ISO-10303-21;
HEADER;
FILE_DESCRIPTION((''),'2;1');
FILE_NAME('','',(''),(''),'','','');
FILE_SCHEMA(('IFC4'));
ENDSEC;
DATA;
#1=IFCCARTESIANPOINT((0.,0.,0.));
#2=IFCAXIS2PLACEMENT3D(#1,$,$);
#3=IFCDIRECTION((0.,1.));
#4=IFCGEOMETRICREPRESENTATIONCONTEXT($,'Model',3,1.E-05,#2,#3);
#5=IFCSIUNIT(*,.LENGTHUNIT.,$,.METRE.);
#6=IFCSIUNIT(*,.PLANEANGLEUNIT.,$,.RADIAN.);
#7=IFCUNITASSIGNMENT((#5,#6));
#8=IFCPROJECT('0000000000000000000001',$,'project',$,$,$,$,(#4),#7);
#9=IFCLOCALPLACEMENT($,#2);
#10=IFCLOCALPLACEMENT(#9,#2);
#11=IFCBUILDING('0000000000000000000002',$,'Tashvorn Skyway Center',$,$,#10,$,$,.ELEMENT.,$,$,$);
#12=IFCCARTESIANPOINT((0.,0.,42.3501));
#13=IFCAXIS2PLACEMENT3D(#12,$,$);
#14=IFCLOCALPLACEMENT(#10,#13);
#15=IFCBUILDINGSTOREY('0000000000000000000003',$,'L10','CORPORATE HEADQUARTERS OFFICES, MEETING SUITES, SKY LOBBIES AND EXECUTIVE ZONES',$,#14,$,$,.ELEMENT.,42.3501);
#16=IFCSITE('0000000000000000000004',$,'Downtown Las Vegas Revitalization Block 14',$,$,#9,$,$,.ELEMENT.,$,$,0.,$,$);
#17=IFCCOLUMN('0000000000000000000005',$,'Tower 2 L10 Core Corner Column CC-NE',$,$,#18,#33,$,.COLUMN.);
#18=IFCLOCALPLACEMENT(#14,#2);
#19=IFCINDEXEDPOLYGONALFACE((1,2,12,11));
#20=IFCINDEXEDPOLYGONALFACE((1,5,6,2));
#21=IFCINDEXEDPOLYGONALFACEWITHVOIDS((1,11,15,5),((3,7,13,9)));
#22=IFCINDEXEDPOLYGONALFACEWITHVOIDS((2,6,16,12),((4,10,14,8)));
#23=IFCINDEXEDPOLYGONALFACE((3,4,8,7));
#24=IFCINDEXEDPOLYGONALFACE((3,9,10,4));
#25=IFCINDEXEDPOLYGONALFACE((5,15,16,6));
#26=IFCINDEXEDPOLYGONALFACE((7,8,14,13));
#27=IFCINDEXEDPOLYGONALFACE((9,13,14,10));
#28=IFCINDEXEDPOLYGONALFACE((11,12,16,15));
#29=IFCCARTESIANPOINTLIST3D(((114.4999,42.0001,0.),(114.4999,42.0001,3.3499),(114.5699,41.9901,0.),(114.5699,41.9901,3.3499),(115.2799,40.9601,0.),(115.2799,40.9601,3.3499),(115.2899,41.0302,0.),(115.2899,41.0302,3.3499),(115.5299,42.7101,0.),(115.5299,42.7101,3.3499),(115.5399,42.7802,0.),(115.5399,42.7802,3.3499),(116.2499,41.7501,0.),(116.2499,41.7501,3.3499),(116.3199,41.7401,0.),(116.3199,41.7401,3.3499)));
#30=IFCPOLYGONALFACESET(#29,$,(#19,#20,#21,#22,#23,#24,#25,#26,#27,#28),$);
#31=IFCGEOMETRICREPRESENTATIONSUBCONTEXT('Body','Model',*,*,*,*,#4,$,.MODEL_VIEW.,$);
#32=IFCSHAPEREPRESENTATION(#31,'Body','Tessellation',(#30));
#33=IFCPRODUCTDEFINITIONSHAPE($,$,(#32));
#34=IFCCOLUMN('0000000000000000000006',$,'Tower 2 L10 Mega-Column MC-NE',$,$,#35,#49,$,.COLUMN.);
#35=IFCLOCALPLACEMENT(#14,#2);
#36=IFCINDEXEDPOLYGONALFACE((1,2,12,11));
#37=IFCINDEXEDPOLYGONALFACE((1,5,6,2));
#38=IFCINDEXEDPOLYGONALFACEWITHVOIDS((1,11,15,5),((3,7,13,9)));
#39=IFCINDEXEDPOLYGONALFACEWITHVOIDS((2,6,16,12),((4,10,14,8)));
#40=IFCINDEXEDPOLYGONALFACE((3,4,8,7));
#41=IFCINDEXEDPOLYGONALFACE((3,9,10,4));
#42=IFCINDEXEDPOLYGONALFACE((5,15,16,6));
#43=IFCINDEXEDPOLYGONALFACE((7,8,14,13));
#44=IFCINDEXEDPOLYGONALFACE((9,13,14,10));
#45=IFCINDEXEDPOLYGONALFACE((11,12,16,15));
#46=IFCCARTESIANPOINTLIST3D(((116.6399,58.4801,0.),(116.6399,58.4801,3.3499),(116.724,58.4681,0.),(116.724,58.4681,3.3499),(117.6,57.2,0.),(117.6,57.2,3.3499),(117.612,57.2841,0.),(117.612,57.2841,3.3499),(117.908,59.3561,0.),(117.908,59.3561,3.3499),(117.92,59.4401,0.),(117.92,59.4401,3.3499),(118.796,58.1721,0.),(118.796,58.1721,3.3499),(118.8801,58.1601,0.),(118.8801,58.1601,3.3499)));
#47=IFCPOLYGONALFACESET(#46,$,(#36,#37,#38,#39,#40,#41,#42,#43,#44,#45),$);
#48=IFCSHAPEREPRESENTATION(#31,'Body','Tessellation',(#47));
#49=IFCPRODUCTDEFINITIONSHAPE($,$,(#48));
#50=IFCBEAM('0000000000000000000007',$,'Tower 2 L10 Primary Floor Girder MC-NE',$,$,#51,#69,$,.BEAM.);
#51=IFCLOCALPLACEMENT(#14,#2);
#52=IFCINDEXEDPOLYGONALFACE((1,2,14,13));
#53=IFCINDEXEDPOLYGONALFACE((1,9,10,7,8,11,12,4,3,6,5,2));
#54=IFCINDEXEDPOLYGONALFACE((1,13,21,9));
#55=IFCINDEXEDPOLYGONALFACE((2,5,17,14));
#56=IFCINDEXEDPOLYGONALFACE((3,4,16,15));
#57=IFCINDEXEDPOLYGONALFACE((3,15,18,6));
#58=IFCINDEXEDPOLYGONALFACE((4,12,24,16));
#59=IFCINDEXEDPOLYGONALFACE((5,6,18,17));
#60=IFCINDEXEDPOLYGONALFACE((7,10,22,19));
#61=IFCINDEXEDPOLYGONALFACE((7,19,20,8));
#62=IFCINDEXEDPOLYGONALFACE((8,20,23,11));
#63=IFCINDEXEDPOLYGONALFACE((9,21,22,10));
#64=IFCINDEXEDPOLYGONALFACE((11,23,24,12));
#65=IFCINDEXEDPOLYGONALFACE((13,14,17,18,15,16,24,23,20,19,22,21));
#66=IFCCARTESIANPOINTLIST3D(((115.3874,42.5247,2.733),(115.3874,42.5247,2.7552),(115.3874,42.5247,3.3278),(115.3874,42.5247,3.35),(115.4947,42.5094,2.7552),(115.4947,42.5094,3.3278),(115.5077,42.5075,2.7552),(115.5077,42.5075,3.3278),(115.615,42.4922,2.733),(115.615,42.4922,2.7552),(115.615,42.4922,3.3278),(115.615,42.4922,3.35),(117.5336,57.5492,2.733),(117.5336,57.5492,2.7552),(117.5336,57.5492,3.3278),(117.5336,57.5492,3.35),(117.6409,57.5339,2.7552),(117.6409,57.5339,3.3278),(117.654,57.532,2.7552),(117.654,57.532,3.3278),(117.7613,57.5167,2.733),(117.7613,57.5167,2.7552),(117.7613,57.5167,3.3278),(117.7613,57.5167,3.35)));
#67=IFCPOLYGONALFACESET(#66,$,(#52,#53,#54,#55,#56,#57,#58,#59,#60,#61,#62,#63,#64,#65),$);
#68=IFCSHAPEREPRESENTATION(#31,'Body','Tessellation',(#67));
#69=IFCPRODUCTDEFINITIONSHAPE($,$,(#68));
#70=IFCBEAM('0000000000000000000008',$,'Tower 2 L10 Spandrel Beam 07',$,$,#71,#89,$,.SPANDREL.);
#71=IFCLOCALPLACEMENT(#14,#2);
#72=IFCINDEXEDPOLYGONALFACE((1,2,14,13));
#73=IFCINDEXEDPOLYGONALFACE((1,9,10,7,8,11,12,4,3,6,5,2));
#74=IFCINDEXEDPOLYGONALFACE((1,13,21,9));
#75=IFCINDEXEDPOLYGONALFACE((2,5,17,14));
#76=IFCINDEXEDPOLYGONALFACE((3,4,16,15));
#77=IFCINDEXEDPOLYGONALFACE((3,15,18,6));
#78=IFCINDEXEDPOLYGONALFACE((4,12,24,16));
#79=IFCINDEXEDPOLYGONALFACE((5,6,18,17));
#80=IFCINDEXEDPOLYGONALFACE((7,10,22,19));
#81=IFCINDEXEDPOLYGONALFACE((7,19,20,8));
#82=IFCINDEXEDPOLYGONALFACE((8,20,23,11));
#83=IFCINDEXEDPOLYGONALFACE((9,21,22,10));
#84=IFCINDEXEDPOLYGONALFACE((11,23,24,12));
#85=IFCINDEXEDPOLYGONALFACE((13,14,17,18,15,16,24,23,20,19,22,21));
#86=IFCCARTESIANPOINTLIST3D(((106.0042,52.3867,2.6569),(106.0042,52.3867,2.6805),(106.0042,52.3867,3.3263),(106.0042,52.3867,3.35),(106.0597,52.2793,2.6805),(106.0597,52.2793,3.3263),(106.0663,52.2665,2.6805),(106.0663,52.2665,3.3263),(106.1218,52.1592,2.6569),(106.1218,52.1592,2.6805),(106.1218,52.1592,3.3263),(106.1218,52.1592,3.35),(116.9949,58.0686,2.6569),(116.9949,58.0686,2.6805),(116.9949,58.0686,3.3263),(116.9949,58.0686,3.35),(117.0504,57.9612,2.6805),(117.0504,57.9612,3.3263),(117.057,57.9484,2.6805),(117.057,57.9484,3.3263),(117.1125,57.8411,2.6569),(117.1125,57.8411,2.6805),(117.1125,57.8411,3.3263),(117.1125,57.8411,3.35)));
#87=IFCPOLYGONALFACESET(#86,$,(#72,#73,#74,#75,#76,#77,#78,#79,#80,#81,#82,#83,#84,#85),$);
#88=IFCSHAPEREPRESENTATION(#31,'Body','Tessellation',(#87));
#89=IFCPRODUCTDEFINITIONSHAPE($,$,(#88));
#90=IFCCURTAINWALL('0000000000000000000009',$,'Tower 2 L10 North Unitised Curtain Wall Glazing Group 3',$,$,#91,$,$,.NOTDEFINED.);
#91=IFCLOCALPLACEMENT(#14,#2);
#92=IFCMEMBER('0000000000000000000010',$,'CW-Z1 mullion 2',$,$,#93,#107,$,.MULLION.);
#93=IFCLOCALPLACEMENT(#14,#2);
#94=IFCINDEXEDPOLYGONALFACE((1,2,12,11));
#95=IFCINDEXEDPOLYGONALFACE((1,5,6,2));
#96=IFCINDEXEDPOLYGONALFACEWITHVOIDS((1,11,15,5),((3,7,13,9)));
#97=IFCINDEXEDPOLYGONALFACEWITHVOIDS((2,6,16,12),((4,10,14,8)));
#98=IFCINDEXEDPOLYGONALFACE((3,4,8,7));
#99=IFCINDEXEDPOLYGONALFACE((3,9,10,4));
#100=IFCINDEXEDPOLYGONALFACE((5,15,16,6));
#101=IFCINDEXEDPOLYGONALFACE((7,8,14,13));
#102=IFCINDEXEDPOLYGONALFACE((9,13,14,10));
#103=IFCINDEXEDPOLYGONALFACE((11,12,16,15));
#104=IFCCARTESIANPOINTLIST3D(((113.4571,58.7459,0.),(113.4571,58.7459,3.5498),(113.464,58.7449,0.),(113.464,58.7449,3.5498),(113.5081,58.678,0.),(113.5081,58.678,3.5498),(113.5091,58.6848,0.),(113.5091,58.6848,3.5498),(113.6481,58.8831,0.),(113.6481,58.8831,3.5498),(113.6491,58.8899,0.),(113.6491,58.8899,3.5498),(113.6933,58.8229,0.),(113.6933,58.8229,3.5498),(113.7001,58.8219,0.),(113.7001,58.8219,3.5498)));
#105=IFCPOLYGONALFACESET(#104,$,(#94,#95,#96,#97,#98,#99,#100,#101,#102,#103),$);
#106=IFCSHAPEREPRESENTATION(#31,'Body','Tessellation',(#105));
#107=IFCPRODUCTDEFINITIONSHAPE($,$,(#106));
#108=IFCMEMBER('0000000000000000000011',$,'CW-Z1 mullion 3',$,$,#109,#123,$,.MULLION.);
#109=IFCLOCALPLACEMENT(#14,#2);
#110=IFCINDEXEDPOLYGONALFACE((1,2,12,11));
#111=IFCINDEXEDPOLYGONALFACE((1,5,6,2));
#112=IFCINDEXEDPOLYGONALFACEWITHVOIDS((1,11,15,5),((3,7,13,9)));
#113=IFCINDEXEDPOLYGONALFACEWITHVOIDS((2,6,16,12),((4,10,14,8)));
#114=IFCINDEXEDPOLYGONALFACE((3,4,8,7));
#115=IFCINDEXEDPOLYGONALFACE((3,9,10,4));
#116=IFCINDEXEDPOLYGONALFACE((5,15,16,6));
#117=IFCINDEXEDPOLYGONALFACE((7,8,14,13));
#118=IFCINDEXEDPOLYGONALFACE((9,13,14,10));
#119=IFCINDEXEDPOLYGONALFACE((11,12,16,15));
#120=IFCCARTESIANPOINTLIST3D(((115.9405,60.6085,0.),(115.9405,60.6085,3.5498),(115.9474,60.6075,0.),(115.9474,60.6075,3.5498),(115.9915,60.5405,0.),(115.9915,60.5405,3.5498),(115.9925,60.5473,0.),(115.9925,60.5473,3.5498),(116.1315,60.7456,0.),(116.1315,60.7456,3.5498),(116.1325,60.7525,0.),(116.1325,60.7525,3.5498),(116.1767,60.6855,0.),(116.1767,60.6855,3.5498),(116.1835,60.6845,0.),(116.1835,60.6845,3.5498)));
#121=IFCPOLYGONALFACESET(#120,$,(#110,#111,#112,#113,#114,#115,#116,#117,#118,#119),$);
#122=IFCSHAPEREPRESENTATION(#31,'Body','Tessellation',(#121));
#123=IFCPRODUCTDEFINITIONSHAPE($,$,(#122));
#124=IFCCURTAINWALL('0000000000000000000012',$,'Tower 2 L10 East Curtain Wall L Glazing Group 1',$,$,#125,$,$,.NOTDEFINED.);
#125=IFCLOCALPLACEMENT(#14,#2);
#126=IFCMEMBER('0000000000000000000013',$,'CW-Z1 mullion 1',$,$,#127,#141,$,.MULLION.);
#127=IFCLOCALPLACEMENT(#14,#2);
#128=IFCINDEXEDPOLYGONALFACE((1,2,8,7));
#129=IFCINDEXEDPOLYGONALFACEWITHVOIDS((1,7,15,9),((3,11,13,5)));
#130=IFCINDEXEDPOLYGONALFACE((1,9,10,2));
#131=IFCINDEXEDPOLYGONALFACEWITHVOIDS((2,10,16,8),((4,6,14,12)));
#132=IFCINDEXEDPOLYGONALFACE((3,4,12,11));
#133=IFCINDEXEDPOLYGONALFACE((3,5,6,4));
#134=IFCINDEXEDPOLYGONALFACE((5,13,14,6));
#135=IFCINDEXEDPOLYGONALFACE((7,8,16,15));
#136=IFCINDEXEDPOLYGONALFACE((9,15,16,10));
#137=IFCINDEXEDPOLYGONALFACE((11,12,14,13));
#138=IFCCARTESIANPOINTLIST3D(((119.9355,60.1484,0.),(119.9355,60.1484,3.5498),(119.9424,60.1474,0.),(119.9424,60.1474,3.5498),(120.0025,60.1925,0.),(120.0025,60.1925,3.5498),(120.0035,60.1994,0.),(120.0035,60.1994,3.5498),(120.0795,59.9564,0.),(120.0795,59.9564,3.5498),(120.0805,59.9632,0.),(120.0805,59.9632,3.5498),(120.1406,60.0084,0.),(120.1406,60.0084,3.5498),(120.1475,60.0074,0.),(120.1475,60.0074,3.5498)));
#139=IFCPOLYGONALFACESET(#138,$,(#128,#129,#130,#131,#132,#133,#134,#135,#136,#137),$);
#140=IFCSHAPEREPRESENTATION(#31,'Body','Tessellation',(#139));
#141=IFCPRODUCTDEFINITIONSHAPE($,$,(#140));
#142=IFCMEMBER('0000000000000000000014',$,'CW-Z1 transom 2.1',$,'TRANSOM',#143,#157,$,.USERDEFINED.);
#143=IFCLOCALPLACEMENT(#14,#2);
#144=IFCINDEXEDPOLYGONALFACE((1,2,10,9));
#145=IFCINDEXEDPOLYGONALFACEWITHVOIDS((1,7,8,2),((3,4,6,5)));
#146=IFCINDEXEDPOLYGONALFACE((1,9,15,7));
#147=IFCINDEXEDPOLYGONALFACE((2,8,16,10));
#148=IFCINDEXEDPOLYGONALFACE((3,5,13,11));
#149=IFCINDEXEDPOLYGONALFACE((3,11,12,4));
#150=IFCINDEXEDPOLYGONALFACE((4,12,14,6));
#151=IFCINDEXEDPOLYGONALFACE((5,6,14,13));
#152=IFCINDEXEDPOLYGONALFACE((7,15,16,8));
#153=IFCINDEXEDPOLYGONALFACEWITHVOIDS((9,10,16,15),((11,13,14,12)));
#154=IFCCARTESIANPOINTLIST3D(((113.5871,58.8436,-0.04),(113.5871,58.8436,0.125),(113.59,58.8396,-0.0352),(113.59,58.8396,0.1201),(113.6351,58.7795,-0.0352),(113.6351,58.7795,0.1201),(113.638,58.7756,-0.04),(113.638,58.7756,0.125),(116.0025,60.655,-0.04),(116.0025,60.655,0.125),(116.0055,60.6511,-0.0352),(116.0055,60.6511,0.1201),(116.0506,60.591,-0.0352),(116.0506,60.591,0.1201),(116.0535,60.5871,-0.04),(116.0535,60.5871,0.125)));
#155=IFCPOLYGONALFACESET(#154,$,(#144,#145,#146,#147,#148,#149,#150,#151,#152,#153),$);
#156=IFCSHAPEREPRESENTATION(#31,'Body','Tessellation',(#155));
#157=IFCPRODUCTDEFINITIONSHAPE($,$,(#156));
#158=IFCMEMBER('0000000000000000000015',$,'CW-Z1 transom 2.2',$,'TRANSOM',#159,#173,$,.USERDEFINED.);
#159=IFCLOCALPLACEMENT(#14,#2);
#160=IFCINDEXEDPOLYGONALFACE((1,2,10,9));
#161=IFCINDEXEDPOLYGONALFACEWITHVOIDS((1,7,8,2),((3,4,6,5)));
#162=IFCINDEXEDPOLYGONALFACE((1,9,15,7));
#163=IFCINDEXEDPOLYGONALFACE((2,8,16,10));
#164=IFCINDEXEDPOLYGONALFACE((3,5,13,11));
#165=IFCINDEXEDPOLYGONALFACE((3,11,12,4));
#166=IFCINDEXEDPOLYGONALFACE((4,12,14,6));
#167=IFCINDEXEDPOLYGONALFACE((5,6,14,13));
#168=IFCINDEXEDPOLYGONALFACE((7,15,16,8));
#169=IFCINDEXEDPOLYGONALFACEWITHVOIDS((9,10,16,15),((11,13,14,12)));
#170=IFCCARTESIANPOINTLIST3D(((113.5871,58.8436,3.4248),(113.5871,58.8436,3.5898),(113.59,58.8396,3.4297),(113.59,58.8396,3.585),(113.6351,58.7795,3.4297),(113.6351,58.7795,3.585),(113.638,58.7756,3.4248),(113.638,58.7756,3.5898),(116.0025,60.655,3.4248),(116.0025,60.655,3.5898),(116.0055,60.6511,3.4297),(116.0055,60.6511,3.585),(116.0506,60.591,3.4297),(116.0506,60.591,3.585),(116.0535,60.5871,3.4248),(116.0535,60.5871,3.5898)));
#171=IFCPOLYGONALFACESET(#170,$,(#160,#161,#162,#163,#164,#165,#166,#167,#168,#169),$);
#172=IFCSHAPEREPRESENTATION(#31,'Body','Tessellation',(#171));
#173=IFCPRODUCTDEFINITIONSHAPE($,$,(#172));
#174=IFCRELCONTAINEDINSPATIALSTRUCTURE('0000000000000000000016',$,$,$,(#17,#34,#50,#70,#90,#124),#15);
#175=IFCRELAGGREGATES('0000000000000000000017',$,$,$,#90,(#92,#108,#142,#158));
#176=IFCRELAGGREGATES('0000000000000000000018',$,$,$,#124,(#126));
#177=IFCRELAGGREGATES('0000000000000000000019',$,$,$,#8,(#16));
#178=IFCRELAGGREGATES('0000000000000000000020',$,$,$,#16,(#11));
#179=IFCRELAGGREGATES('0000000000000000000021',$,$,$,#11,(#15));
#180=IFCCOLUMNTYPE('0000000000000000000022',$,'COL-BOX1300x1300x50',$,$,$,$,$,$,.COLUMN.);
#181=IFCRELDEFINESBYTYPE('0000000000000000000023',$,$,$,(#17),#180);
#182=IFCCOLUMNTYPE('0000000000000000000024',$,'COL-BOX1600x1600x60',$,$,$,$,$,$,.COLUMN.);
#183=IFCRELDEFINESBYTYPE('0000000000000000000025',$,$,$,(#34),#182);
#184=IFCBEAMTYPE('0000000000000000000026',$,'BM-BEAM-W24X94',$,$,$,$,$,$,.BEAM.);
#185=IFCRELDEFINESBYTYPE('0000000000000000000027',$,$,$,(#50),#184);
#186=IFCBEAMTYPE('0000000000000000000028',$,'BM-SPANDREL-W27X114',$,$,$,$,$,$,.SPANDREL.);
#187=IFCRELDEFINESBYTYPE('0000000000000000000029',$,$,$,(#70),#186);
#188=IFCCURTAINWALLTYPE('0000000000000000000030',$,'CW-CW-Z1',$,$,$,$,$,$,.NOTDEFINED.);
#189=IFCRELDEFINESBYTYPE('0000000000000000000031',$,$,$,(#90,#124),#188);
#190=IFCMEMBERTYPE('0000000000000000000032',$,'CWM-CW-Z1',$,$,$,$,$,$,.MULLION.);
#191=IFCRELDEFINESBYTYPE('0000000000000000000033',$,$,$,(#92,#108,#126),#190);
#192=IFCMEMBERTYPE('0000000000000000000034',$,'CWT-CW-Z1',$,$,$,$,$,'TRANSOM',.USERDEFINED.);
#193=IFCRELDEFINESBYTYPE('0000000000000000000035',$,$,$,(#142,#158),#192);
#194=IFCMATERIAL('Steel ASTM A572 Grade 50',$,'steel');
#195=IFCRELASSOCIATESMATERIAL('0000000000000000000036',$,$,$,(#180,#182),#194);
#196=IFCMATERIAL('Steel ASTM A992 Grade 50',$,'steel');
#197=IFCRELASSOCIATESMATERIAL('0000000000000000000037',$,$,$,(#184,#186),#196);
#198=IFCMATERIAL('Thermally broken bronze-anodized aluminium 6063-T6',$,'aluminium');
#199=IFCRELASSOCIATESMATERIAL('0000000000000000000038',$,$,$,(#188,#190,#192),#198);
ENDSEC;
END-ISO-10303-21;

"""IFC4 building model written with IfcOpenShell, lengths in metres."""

from ifc_helpers import new_model, si_unit, direction, frame, origin, origin_2d, place, context, subcontext, project, spatial, hollow_rectangle, i_section, extrude, material, material_profile, profile_set, type_object, element, aggregate, save


model = new_model("IFC4")

# Units and contexts
model_context = context("Model", 3, precision=1e-05, world=origin(), true_north=direction((0.0, 1.0)))
body_context = subcontext(model_context, "Body", "Model", "MODEL_VIEW")
ifc_project = project(units=[si_unit("LENGTHUNIT", "METRE"), si_unit("PLANEANGLEUNIT", "RADIAN")], contexts=[model_context])

# Site, building, storey
site_placement = place(None, origin())
site = spatial("IfcSite", under=ifc_project, at=site_placement, Name="Downtown Las Vegas Revitalization Block 14", CompositionType="ELEMENT", RefElevation=0.0)
building_placement = place(site_placement, origin())
building = spatial("IfcBuilding", under=site, at=building_placement, Name="Tashvorn Skyway Center", CompositionType="ELEMENT")
storey_placement = place(building_placement, frame((0.0, 0.0, 42.3501)))
storey = spatial("IfcBuildingStorey", under=building, at=storey_placement, Name="L10", Description="CORPORATE HEADQUARTERS OFFICES, MEETING SUITES, SKY LOBBIES AND EXECUTIVE ZONES", CompositionType="ELEMENT", Elevation=42.3501)

# Columns
ifc_material_1 = material(Name="Steel ASTM A572 Grade 50", Category="steel")
ifc_material_profile_1 = material_profile(ifc_material_1, hollow_rectangle(XDim=1.3, YDim=1.3, WallThickness=0.05, at=origin_2d()), Name="BOX1300x1300x50")
ifc_profile_set_1 = profile_set([ifc_material_profile_1], Name="Steel ASTM A572 Grade 50")
column_type_1 = type_object("IfcColumnType", Name="COL-BOX1300x1300x50", PredefinedType="COLUMN", material=ifc_profile_set_1)
column_1_placement = place(storey_placement, frame((115.4099, 41.8701, 0.0), z_axis=(0.0, 0.0, 1.0), x_axis=(0.8, 0.6, 0.0)))
element("IfcColumn", 1, at=column_1_placement, inside=storey, type_object=column_type_1, Name="Tower 2 L10 Core Corner Column CC-NE", PredefinedType="COLUMN", context=body_context, shape_type="SweptSolid", body=[
    extrude(hollow_rectangle(XDim=1.3, YDim=1.3, WallThickness=0.05, at=origin_2d()), origin(), (0.0, 0.0, 1.0), 3.3499),
])
ifc_material_profile_2 = material_profile(ifc_material_1, hollow_rectangle(XDim=1.6001, YDim=1.6001, WallThickness=0.0601, at=origin_2d()), Name="BOX1600x1600x60")
ifc_profile_set_2 = profile_set([ifc_material_profile_2], Name="Steel ASTM A572 Grade 50")
column_type_2 = type_object("IfcColumnType", Name="COL-BOX1600x1600x60", PredefinedType="COLUMN", material=ifc_profile_set_2)
column_2_placement = place(storey_placement, frame((117.76, 58.3201, 0.0), z_axis=(0.0, 0.0, 1.0), x_axis=(0.8, 0.6, 0.0)))
element("IfcColumn", 2, at=column_2_placement, inside=storey, type_object=column_type_2, Name="Tower 2 L10 Mega-Column MC-NE", PredefinedType="COLUMN", context=body_context, shape_type="SweptSolid", body=[
    extrude(hollow_rectangle(XDim=1.6001, YDim=1.6001, WallThickness=0.0601, at=origin_2d()), origin(), (0.0, 0.0, 1.0), 3.3499),
])

# Beams
ifc_material_2 = material(Name="Steel ASTM A992 Grade 50", Category="steel")
ifc_material_profile_3 = material_profile(ifc_material_2, i_section(OverallWidth=0.23, OverallDepth=0.6169, WebThickness=0.0132, FlangeThickness=0.0222, at=origin_2d()), Name="W24X94")
ifc_profile_set_3 = profile_set([ifc_material_profile_3], Name="Steel ASTM A992 Grade 50")
beam_type_1 = type_object("IfcBeamType", Name="BM-BEAM-W24X94", PredefinedType="BEAM", material=ifc_profile_set_3)
beam_1_placement = place(storey_placement, frame((117.6475, 57.533, 3.0415), z_axis=(-0.141415, -0.98995, 0.0), x_axis=(0.98995, -0.141415, 0.0)))
element("IfcBeam", 3, at=beam_1_placement, inside=storey, type_object=beam_type_1, Name="Tower 2 L10 Primary Floor Girder MC-NE", PredefinedType="BEAM", context=body_context, shape_type="SweptSolid", body=[
    extrude(i_section(OverallWidth=0.23, OverallDepth=0.6169, WebThickness=0.0132, FlangeThickness=0.0222, at=origin_2d()), origin(), (0.0, 0.0, 1.0), 15.177),
])
ifc_material_profile_4 = material_profile(ifc_material_2, i_section(OverallWidth=0.2561, OverallDepth=0.6931, WebThickness=0.0144, FlangeThickness=0.0237, at=origin_2d()), Name="W27X114")
ifc_profile_set_4 = profile_set([ifc_material_profile_4], Name="Steel ASTM A992 Grade 50")
beam_type_2 = type_object("IfcBeamType", Name="BM-SPANDREL-W27X114", PredefinedType="SPANDREL", material=ifc_profile_set_4)
beam_2_placement = place(storey_placement, frame((117.0537, 57.9548, 3.0034), z_axis=(-0.888316, -0.459233, 0.0), x_axis=(0.459233, -0.888316, 0.0)))
element("IfcBeam", 4, at=beam_2_placement, inside=storey, type_object=beam_type_2, Name="Tower 2 L10 Spandrel Beam 07", PredefinedType="SPANDREL", context=body_context, shape_type="SweptSolid", body=[
    extrude(i_section(OverallWidth=0.2561, OverallDepth=0.6931, WebThickness=0.0144, FlangeThickness=0.0237, at=origin_2d()), origin(), (0.0, 0.0, 1.0), 12.3726),
])

# Curtain wall, members
ifc_material_3 = material(Name="Thermally broken bronze-anodized aluminium 6063-T6", Category="aluminium")
curtain_wall_type = type_object("IfcCurtainWallType", Name="CW-CW-Z1", PredefinedType="NOTDEFINED", material=ifc_material_3)
curtain_wall_1_placement = place(storey_placement, origin())
curtain_wall_1 = element("IfcCurtainWall", 5, at=curtain_wall_1_placement, inside=storey, type_object=curtain_wall_type, Name="Tower 2 L10 North Unitised Curtain Wall Glazing Group 3", PredefinedType="NOTDEFINED")
ifc_material_profile_5 = material_profile(ifc_material_3, hollow_rectangle(XDim=0.085, YDim=0.24, WallThickness=0.0049, at=origin_2d()), Name="ALU-MULL-85x240")
ifc_profile_set_5 = profile_set([ifc_material_profile_5], Name="Thermally broken bronze-anodized aluminium 6063-T6")
member_type_1 = type_object("IfcMemberType", Name="CWM-CW-Z1", PredefinedType="MULLION", material=ifc_profile_set_5)
member_1_placement = place(storey_placement, frame((113.5786, 58.7839, 0.0), z_axis=(0.0, 0.0, 1.0), x_axis=(-0.599997, 0.800002, 0.0)))
member_1 = element("IfcMember", 6, at=member_1_placement, type_object=member_type_1, Name="CW-Z1 mullion 2", PredefinedType="MULLION", context=body_context, shape_type="SweptSolid", body=[
    extrude(hollow_rectangle(XDim=0.085, YDim=0.24, WallThickness=0.0049, at=origin_2d()), origin(), (0.0, 0.0, 1.0), 3.5498),
])
member_2_placement = place(storey_placement, frame((116.062, 60.6465, 0.0), z_axis=(0.0, 0.0, 1.0), x_axis=(-0.599997, 0.800002, 0.0)))
member_2 = element("IfcMember", 7, at=member_2_placement, type_object=member_type_1, Name="CW-Z1 mullion 3", PredefinedType="MULLION", context=body_context, shape_type="SweptSolid", body=[
    extrude(hollow_rectangle(XDim=0.085, YDim=0.24, WallThickness=0.0049, at=origin_2d()), origin(), (0.0, 0.0, 1.0), 3.5498),
])

# Curtain wall, member
curtain_wall_2_placement = place(storey_placement, origin())
curtain_wall_2 = element("IfcCurtainWall", 8, at=curtain_wall_2_placement, inside=storey, type_object=curtain_wall_type, Name="Tower 2 L10 East Curtain Wall L Glazing Group 1", PredefinedType="NOTDEFINED")
member_3_placement = place(storey_placement, frame((120.0415, 60.0779, 0.0), z_axis=(0.0, 0.0, 1.0), x_axis=(0.799998, 0.600003, 0.0)))
member_3 = element("IfcMember", 9, at=member_3_placement, type_object=member_type_1, Name="CW-Z1 mullion 1", PredefinedType="MULLION", context=body_context, shape_type="SweptSolid", body=[
    extrude(hollow_rectangle(XDim=0.085, YDim=0.24, WallThickness=0.0049, at=origin_2d()), origin(), (0.0, 0.0, 1.0), 3.5498),
])

# Members
ifc_material_profile_6 = material_profile(ifc_material_3, hollow_rectangle(XDim=0.085, YDim=0.165, WallThickness=0.0049, at=origin_2d()), Name="ALU-TRAN-85x165")
ifc_profile_set_6 = profile_set([ifc_material_profile_6], Name="Thermally broken bronze-anodized aluminium 6063-T6")
member_type_2 = type_object("IfcMemberType", Name="CWT-CW-Z1", ElementType="TRANSOM", PredefinedType="USERDEFINED", material=ifc_profile_set_6)
member_4_placement = place(storey_placement, frame((113.6125, 58.8096, 0.0425), z_axis=(0.800019, 0.599974, 0.0), x_axis=(-0.599974, 0.800019, 0.0)))
member_4 = element("IfcMember", 10, at=member_4_placement, type_object=member_type_2, Name="CW-Z1 transom 2.1", ObjectType="TRANSOM", PredefinedType="USERDEFINED", context=body_context, shape_type="SweptSolid", body=[
    extrude(hollow_rectangle(XDim=0.085, YDim=0.165, WallThickness=0.0049, at=origin_2d()), origin(), (0.0, 0.0, 1.0), 3.0193),
])
member_5_placement = place(storey_placement, frame((113.6125, 58.8096, 3.5073), z_axis=(0.800019, 0.599974, 0.0), x_axis=(-0.599974, 0.800019, 0.0)))
member_5 = element("IfcMember", 11, at=member_5_placement, type_object=member_type_2, Name="CW-Z1 transom 2.2", ObjectType="TRANSOM", PredefinedType="USERDEFINED", context=body_context, shape_type="SweptSolid", body=[
    extrude(hollow_rectangle(XDim=0.085, YDim=0.165, WallThickness=0.0049, at=origin_2d()), origin(), (0.0, 0.0, 1.0), 3.0193),
])

aggregate(curtain_wall_1, [member_1, member_2, member_4, member_5])
aggregate(curtain_wall_2, [member_3])

save(model, "model.ifc")
